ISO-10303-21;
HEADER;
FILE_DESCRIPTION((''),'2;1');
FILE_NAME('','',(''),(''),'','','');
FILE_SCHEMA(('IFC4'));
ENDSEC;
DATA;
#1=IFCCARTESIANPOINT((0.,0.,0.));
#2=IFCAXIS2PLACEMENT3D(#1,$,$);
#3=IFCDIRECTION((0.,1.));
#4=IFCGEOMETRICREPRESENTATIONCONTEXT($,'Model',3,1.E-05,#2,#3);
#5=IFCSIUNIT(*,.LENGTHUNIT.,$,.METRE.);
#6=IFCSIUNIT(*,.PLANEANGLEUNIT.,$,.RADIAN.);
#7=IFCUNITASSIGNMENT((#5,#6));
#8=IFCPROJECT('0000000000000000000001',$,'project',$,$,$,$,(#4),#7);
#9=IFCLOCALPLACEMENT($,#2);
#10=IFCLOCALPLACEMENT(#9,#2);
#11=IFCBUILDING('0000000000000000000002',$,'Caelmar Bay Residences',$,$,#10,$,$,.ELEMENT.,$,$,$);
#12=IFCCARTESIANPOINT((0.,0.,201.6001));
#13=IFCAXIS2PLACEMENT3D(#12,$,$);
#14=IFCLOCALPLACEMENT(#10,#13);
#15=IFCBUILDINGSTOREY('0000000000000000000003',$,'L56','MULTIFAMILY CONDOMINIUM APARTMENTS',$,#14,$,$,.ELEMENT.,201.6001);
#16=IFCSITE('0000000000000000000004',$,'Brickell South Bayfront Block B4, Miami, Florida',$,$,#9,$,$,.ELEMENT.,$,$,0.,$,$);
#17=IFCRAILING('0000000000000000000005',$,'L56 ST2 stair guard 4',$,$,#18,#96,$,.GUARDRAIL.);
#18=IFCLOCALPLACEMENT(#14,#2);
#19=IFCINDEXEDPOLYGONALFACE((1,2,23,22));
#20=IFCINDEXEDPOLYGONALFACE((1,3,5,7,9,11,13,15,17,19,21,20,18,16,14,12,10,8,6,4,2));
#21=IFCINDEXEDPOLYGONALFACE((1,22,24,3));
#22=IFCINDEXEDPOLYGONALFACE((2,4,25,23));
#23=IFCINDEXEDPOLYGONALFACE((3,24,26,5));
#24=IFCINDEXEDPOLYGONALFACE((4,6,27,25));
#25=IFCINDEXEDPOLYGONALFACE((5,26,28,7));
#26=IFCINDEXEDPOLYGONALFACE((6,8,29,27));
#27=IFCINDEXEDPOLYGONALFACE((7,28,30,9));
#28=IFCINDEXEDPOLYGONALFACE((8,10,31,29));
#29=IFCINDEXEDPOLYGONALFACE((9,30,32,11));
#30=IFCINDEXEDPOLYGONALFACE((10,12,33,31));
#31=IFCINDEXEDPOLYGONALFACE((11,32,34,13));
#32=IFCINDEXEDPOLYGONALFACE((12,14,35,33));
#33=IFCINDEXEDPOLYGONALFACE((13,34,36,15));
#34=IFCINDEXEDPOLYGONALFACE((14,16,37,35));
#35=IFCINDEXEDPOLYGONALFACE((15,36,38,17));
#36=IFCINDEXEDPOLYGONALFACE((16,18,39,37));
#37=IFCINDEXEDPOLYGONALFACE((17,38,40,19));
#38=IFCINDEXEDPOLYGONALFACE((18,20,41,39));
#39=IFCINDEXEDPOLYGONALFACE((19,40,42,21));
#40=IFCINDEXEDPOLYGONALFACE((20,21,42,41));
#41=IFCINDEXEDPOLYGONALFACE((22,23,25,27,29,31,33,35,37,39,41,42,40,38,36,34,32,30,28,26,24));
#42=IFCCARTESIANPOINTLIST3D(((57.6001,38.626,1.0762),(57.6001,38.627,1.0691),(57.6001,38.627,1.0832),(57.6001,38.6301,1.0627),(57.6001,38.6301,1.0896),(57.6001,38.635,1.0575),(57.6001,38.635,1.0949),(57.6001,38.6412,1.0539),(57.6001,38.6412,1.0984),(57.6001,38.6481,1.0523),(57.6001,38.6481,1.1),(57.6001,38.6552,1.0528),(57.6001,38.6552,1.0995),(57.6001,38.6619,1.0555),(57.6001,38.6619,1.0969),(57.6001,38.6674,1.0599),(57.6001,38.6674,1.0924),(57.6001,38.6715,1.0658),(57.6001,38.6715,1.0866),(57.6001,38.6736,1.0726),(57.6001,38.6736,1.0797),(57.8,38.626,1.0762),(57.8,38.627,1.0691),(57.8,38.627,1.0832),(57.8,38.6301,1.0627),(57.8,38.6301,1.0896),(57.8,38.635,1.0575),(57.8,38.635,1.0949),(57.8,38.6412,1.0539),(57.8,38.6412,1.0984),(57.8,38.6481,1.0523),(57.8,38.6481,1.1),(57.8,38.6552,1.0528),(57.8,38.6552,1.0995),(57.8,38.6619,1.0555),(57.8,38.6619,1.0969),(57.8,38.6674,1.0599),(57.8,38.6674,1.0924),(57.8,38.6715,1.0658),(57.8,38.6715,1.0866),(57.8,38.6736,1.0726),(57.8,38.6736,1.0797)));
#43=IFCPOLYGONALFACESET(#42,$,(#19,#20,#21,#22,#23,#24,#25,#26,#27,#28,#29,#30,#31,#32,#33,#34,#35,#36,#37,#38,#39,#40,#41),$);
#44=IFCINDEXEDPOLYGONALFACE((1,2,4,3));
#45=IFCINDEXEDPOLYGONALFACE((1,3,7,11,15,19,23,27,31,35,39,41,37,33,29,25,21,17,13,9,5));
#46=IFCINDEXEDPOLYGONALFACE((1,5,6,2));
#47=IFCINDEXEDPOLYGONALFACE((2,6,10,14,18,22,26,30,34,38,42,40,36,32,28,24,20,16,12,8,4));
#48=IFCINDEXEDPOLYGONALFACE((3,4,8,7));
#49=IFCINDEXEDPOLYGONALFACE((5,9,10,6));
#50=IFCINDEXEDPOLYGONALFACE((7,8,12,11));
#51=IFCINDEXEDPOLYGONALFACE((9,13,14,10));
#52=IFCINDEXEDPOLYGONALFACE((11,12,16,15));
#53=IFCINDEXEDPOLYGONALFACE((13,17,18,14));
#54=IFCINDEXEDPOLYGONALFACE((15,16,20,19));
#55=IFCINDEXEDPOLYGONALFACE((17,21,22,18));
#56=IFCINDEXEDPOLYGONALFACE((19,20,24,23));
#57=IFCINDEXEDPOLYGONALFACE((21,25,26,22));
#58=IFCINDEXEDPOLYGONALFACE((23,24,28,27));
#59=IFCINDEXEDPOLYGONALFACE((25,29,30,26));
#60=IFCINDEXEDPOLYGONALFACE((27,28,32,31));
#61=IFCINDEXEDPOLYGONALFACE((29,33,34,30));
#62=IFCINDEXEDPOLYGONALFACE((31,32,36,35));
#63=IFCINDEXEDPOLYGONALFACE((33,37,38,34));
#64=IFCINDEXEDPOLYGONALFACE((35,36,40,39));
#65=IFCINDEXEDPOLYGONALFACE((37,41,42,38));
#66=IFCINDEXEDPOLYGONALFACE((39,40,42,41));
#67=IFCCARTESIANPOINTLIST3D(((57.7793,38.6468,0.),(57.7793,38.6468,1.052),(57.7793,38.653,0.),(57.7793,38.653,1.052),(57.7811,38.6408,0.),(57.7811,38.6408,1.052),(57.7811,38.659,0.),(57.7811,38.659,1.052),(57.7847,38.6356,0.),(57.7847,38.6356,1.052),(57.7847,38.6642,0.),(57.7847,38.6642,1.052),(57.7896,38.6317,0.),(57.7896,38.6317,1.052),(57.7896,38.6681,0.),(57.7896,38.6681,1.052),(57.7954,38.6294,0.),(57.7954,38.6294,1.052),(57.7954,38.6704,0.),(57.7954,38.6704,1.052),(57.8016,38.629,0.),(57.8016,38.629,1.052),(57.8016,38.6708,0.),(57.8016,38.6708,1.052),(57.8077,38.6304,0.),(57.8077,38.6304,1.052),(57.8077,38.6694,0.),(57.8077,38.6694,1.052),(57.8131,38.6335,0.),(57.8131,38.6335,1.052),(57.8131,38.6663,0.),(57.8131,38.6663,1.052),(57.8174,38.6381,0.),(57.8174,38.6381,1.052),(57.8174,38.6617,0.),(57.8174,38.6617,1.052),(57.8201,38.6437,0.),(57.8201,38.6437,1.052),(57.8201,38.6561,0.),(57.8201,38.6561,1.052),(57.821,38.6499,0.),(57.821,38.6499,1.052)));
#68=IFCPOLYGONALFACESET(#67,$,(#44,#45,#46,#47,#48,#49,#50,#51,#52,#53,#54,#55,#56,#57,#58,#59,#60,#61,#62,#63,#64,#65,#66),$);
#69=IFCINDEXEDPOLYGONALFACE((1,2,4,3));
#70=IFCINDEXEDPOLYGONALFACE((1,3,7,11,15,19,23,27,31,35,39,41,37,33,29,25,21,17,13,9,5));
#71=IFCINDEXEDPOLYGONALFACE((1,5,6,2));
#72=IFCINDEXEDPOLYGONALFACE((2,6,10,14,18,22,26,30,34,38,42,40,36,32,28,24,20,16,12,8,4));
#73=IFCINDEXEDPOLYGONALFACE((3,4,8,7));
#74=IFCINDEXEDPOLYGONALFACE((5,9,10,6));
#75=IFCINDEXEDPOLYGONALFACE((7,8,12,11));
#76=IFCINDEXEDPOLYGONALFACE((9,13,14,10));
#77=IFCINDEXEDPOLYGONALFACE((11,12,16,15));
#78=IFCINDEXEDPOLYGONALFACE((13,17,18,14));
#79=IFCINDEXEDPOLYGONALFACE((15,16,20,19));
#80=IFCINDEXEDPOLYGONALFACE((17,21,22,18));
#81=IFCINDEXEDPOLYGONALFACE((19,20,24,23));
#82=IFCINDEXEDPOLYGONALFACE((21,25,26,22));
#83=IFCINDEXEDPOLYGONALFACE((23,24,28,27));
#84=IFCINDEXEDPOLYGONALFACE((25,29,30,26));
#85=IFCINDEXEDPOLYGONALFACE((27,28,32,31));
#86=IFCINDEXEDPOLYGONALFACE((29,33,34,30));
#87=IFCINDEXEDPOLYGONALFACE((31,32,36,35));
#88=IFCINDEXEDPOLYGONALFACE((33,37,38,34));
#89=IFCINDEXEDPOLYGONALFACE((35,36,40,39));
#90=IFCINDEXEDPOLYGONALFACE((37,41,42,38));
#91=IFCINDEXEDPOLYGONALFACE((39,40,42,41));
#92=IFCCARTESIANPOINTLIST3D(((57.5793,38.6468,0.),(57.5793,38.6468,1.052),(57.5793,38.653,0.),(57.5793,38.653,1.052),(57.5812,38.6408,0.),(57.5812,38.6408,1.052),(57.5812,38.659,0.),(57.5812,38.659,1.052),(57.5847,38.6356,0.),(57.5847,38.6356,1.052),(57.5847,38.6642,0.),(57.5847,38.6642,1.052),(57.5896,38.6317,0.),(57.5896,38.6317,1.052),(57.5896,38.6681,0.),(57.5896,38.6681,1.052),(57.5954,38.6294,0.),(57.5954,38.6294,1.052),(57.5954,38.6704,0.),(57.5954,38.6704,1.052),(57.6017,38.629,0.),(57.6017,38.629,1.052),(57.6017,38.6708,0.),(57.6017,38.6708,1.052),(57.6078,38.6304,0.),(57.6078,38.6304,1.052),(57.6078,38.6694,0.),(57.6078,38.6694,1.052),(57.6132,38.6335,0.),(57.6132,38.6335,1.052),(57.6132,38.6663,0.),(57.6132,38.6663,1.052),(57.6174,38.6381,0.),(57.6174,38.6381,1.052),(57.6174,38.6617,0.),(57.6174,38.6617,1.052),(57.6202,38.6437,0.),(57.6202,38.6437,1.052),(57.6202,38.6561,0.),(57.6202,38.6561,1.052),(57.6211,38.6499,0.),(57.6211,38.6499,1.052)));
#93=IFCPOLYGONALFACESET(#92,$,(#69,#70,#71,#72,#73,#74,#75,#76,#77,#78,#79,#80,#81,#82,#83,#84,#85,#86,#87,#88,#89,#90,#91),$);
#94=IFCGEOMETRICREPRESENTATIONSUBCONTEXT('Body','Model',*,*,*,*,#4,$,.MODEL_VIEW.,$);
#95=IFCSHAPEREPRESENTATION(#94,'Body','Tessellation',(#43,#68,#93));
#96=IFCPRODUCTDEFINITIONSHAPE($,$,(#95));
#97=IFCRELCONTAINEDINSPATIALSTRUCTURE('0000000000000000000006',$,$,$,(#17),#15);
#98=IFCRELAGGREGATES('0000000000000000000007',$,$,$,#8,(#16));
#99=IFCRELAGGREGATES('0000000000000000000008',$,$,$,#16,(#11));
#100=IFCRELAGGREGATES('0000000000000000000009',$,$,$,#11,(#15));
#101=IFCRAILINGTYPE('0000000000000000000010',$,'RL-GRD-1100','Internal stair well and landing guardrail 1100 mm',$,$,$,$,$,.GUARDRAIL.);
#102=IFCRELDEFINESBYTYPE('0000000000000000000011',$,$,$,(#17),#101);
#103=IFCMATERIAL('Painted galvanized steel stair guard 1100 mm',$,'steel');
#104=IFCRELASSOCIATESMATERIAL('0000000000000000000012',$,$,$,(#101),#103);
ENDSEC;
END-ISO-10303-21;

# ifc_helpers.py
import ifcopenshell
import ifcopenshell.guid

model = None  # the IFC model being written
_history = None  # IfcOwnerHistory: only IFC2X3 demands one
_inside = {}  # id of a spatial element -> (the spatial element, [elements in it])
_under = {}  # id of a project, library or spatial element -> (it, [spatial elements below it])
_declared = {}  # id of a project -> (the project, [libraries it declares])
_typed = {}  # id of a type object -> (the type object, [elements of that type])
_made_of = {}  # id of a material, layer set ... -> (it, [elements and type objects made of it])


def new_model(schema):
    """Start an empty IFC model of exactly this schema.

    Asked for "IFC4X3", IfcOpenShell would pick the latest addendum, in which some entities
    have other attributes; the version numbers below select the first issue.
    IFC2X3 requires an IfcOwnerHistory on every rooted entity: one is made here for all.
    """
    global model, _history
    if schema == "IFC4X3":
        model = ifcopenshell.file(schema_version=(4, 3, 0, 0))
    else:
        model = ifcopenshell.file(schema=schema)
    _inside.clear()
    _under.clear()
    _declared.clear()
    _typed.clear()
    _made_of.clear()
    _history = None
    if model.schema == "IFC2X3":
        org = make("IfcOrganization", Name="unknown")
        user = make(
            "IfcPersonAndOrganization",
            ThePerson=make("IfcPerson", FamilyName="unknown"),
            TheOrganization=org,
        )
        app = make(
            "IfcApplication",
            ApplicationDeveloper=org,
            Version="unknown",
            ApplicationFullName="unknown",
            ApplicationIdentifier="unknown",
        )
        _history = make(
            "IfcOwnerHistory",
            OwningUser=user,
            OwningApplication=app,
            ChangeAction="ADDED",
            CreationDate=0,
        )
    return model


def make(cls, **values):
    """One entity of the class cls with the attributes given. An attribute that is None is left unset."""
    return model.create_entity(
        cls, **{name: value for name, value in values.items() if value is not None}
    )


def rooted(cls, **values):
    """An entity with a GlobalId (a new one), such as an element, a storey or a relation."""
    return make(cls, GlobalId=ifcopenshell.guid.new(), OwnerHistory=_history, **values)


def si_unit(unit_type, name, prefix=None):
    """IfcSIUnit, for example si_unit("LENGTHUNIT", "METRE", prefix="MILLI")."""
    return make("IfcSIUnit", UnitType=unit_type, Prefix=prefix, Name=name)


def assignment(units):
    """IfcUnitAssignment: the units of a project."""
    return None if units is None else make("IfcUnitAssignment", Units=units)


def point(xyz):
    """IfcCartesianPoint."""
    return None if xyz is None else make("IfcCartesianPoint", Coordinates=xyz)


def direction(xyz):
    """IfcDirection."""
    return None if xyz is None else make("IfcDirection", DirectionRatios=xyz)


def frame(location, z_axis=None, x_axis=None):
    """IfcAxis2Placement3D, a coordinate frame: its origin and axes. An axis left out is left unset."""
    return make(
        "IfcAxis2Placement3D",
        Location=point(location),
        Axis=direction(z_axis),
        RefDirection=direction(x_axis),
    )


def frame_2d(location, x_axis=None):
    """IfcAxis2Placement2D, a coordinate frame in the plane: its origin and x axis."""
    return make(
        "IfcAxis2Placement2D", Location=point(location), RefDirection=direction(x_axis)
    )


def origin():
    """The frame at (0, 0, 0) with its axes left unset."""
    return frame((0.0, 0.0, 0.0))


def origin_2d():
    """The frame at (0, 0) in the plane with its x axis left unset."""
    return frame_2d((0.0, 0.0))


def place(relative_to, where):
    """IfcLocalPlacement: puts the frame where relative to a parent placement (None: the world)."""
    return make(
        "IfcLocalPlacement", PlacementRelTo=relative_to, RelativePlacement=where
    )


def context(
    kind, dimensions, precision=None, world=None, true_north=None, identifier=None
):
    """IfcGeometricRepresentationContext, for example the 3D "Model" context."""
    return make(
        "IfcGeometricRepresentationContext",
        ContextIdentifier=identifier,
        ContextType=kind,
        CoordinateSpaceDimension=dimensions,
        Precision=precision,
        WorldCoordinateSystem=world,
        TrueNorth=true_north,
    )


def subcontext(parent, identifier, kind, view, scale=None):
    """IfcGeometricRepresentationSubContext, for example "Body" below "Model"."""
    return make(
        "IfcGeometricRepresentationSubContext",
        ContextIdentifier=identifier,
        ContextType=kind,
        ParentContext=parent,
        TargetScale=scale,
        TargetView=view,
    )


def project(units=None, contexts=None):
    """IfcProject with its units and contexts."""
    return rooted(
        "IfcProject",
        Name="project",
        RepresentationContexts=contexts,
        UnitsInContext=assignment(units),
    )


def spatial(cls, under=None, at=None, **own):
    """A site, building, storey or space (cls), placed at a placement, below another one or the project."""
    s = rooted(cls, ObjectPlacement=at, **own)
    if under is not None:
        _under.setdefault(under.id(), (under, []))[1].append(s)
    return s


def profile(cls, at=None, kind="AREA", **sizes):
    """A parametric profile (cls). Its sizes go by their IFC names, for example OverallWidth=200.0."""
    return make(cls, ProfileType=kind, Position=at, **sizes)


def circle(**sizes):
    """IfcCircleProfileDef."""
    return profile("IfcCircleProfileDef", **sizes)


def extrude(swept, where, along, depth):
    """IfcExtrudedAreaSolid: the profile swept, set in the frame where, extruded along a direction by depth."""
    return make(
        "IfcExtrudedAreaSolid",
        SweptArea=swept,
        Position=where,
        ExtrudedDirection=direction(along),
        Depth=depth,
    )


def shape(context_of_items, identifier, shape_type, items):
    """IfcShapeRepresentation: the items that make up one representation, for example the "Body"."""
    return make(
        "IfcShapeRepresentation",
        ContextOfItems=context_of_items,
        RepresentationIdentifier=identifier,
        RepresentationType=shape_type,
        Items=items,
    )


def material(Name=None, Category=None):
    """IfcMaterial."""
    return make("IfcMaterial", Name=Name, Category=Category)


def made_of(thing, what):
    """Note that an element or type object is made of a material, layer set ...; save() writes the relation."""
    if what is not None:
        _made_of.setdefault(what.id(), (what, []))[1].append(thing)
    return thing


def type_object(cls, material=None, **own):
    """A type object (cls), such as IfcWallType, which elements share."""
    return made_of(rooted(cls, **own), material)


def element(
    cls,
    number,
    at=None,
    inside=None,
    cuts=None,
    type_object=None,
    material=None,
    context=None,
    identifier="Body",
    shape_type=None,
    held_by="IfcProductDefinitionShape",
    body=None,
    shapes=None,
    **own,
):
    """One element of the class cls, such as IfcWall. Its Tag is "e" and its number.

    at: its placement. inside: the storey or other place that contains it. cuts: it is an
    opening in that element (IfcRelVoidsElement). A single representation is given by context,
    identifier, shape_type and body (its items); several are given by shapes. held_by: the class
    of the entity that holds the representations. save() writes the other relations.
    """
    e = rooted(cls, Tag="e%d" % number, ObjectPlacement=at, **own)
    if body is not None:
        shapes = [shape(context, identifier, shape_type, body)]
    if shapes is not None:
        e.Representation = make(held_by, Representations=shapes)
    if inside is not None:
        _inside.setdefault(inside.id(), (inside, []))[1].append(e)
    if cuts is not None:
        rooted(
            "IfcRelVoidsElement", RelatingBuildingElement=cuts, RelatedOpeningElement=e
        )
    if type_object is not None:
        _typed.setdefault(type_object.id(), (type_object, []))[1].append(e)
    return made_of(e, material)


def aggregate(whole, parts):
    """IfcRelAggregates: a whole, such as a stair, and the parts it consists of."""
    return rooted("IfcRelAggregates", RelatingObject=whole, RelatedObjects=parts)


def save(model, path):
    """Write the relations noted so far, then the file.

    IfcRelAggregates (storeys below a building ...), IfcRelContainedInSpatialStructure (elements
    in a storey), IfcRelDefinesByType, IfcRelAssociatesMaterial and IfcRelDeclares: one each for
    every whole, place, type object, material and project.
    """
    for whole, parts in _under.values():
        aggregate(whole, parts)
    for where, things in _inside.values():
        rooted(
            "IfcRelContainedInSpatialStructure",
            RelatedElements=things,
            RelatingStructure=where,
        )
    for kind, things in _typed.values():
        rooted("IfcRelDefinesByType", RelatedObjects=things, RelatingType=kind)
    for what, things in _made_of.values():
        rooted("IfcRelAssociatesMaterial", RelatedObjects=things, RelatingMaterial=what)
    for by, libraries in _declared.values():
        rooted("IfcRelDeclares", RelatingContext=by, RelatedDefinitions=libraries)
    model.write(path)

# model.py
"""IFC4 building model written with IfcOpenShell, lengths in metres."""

from ifc_helpers import new_model, si_unit, direction, frame, origin, origin_2d, place, context, subcontext, project, spatial, circle, extrude, material, type_object, element, save


model = new_model("IFC4")

# Units and contexts
model_context = context("Model", 3, precision=1e-05, world=origin(), true_north=direction((0.0, 1.0)))
body_context = subcontext(model_context, "Body", "Model", "MODEL_VIEW")
ifc_project = project(units=[si_unit("LENGTHUNIT", "METRE"), si_unit("PLANEANGLEUNIT", "RADIAN")], contexts=[model_context])

# Site, building, storey
site_placement = place(None, origin())
site = spatial("IfcSite", under=ifc_project, at=site_placement, Name="Brickell South Bayfront Block B4, Miami, Florida", CompositionType="ELEMENT", RefElevation=0.0)
building_placement = place(site_placement, origin())
building = spatial("IfcBuilding", under=site, at=building_placement, Name="Caelmar Bay Residences", CompositionType="ELEMENT")
storey_placement = place(building_placement, frame((0.0, 0.0, 201.6001)))
storey = spatial("IfcBuildingStorey", under=building, at=storey_placement, Name="L56", Description="MULTIFAMILY CONDOMINIUM APARTMENTS", CompositionType="ELEMENT", Elevation=201.6001)

# Railing
ifc_material_1 = material(Name="Painted galvanized steel stair guard 1100 mm", Category="steel")
railing_type_1 = type_object("IfcRailingType", Name="RL-GRD-1100", Description="Internal stair well and landing guardrail 1100 mm", PredefinedType="GUARDRAIL", material=ifc_material_1)
railing_1_placement = place(storey_placement, frame((57.8, 38.6499, 0.0)))
element("IfcRailing", 1, at=railing_1_placement, inside=storey, type_object=railing_type_1, Name="L56 ST2 stair guard 4", PredefinedType="GUARDRAIL", context=body_context, shape_type="SweptSolid", body=[
    extrude(circle(Radius=0.0239, at=origin_2d()), frame((0.0, 0.0, 1.0762), z_axis=(-1.0, 0.0, 0.0), x_axis=(0.0, -1.0, 0.0)), (0.0, 0.0, 1.0), 0.2),
    extrude(circle(Radius=0.021, at=origin_2d()), origin(), (0.0, 0.0, 1.0), 1.052),
    extrude(circle(Radius=0.021, at=origin_2d()), frame((-0.2, 0.0, 0.0)), (0.0, 0.0, 1.0), 1.052),
])

save(model, "model.ifc")
